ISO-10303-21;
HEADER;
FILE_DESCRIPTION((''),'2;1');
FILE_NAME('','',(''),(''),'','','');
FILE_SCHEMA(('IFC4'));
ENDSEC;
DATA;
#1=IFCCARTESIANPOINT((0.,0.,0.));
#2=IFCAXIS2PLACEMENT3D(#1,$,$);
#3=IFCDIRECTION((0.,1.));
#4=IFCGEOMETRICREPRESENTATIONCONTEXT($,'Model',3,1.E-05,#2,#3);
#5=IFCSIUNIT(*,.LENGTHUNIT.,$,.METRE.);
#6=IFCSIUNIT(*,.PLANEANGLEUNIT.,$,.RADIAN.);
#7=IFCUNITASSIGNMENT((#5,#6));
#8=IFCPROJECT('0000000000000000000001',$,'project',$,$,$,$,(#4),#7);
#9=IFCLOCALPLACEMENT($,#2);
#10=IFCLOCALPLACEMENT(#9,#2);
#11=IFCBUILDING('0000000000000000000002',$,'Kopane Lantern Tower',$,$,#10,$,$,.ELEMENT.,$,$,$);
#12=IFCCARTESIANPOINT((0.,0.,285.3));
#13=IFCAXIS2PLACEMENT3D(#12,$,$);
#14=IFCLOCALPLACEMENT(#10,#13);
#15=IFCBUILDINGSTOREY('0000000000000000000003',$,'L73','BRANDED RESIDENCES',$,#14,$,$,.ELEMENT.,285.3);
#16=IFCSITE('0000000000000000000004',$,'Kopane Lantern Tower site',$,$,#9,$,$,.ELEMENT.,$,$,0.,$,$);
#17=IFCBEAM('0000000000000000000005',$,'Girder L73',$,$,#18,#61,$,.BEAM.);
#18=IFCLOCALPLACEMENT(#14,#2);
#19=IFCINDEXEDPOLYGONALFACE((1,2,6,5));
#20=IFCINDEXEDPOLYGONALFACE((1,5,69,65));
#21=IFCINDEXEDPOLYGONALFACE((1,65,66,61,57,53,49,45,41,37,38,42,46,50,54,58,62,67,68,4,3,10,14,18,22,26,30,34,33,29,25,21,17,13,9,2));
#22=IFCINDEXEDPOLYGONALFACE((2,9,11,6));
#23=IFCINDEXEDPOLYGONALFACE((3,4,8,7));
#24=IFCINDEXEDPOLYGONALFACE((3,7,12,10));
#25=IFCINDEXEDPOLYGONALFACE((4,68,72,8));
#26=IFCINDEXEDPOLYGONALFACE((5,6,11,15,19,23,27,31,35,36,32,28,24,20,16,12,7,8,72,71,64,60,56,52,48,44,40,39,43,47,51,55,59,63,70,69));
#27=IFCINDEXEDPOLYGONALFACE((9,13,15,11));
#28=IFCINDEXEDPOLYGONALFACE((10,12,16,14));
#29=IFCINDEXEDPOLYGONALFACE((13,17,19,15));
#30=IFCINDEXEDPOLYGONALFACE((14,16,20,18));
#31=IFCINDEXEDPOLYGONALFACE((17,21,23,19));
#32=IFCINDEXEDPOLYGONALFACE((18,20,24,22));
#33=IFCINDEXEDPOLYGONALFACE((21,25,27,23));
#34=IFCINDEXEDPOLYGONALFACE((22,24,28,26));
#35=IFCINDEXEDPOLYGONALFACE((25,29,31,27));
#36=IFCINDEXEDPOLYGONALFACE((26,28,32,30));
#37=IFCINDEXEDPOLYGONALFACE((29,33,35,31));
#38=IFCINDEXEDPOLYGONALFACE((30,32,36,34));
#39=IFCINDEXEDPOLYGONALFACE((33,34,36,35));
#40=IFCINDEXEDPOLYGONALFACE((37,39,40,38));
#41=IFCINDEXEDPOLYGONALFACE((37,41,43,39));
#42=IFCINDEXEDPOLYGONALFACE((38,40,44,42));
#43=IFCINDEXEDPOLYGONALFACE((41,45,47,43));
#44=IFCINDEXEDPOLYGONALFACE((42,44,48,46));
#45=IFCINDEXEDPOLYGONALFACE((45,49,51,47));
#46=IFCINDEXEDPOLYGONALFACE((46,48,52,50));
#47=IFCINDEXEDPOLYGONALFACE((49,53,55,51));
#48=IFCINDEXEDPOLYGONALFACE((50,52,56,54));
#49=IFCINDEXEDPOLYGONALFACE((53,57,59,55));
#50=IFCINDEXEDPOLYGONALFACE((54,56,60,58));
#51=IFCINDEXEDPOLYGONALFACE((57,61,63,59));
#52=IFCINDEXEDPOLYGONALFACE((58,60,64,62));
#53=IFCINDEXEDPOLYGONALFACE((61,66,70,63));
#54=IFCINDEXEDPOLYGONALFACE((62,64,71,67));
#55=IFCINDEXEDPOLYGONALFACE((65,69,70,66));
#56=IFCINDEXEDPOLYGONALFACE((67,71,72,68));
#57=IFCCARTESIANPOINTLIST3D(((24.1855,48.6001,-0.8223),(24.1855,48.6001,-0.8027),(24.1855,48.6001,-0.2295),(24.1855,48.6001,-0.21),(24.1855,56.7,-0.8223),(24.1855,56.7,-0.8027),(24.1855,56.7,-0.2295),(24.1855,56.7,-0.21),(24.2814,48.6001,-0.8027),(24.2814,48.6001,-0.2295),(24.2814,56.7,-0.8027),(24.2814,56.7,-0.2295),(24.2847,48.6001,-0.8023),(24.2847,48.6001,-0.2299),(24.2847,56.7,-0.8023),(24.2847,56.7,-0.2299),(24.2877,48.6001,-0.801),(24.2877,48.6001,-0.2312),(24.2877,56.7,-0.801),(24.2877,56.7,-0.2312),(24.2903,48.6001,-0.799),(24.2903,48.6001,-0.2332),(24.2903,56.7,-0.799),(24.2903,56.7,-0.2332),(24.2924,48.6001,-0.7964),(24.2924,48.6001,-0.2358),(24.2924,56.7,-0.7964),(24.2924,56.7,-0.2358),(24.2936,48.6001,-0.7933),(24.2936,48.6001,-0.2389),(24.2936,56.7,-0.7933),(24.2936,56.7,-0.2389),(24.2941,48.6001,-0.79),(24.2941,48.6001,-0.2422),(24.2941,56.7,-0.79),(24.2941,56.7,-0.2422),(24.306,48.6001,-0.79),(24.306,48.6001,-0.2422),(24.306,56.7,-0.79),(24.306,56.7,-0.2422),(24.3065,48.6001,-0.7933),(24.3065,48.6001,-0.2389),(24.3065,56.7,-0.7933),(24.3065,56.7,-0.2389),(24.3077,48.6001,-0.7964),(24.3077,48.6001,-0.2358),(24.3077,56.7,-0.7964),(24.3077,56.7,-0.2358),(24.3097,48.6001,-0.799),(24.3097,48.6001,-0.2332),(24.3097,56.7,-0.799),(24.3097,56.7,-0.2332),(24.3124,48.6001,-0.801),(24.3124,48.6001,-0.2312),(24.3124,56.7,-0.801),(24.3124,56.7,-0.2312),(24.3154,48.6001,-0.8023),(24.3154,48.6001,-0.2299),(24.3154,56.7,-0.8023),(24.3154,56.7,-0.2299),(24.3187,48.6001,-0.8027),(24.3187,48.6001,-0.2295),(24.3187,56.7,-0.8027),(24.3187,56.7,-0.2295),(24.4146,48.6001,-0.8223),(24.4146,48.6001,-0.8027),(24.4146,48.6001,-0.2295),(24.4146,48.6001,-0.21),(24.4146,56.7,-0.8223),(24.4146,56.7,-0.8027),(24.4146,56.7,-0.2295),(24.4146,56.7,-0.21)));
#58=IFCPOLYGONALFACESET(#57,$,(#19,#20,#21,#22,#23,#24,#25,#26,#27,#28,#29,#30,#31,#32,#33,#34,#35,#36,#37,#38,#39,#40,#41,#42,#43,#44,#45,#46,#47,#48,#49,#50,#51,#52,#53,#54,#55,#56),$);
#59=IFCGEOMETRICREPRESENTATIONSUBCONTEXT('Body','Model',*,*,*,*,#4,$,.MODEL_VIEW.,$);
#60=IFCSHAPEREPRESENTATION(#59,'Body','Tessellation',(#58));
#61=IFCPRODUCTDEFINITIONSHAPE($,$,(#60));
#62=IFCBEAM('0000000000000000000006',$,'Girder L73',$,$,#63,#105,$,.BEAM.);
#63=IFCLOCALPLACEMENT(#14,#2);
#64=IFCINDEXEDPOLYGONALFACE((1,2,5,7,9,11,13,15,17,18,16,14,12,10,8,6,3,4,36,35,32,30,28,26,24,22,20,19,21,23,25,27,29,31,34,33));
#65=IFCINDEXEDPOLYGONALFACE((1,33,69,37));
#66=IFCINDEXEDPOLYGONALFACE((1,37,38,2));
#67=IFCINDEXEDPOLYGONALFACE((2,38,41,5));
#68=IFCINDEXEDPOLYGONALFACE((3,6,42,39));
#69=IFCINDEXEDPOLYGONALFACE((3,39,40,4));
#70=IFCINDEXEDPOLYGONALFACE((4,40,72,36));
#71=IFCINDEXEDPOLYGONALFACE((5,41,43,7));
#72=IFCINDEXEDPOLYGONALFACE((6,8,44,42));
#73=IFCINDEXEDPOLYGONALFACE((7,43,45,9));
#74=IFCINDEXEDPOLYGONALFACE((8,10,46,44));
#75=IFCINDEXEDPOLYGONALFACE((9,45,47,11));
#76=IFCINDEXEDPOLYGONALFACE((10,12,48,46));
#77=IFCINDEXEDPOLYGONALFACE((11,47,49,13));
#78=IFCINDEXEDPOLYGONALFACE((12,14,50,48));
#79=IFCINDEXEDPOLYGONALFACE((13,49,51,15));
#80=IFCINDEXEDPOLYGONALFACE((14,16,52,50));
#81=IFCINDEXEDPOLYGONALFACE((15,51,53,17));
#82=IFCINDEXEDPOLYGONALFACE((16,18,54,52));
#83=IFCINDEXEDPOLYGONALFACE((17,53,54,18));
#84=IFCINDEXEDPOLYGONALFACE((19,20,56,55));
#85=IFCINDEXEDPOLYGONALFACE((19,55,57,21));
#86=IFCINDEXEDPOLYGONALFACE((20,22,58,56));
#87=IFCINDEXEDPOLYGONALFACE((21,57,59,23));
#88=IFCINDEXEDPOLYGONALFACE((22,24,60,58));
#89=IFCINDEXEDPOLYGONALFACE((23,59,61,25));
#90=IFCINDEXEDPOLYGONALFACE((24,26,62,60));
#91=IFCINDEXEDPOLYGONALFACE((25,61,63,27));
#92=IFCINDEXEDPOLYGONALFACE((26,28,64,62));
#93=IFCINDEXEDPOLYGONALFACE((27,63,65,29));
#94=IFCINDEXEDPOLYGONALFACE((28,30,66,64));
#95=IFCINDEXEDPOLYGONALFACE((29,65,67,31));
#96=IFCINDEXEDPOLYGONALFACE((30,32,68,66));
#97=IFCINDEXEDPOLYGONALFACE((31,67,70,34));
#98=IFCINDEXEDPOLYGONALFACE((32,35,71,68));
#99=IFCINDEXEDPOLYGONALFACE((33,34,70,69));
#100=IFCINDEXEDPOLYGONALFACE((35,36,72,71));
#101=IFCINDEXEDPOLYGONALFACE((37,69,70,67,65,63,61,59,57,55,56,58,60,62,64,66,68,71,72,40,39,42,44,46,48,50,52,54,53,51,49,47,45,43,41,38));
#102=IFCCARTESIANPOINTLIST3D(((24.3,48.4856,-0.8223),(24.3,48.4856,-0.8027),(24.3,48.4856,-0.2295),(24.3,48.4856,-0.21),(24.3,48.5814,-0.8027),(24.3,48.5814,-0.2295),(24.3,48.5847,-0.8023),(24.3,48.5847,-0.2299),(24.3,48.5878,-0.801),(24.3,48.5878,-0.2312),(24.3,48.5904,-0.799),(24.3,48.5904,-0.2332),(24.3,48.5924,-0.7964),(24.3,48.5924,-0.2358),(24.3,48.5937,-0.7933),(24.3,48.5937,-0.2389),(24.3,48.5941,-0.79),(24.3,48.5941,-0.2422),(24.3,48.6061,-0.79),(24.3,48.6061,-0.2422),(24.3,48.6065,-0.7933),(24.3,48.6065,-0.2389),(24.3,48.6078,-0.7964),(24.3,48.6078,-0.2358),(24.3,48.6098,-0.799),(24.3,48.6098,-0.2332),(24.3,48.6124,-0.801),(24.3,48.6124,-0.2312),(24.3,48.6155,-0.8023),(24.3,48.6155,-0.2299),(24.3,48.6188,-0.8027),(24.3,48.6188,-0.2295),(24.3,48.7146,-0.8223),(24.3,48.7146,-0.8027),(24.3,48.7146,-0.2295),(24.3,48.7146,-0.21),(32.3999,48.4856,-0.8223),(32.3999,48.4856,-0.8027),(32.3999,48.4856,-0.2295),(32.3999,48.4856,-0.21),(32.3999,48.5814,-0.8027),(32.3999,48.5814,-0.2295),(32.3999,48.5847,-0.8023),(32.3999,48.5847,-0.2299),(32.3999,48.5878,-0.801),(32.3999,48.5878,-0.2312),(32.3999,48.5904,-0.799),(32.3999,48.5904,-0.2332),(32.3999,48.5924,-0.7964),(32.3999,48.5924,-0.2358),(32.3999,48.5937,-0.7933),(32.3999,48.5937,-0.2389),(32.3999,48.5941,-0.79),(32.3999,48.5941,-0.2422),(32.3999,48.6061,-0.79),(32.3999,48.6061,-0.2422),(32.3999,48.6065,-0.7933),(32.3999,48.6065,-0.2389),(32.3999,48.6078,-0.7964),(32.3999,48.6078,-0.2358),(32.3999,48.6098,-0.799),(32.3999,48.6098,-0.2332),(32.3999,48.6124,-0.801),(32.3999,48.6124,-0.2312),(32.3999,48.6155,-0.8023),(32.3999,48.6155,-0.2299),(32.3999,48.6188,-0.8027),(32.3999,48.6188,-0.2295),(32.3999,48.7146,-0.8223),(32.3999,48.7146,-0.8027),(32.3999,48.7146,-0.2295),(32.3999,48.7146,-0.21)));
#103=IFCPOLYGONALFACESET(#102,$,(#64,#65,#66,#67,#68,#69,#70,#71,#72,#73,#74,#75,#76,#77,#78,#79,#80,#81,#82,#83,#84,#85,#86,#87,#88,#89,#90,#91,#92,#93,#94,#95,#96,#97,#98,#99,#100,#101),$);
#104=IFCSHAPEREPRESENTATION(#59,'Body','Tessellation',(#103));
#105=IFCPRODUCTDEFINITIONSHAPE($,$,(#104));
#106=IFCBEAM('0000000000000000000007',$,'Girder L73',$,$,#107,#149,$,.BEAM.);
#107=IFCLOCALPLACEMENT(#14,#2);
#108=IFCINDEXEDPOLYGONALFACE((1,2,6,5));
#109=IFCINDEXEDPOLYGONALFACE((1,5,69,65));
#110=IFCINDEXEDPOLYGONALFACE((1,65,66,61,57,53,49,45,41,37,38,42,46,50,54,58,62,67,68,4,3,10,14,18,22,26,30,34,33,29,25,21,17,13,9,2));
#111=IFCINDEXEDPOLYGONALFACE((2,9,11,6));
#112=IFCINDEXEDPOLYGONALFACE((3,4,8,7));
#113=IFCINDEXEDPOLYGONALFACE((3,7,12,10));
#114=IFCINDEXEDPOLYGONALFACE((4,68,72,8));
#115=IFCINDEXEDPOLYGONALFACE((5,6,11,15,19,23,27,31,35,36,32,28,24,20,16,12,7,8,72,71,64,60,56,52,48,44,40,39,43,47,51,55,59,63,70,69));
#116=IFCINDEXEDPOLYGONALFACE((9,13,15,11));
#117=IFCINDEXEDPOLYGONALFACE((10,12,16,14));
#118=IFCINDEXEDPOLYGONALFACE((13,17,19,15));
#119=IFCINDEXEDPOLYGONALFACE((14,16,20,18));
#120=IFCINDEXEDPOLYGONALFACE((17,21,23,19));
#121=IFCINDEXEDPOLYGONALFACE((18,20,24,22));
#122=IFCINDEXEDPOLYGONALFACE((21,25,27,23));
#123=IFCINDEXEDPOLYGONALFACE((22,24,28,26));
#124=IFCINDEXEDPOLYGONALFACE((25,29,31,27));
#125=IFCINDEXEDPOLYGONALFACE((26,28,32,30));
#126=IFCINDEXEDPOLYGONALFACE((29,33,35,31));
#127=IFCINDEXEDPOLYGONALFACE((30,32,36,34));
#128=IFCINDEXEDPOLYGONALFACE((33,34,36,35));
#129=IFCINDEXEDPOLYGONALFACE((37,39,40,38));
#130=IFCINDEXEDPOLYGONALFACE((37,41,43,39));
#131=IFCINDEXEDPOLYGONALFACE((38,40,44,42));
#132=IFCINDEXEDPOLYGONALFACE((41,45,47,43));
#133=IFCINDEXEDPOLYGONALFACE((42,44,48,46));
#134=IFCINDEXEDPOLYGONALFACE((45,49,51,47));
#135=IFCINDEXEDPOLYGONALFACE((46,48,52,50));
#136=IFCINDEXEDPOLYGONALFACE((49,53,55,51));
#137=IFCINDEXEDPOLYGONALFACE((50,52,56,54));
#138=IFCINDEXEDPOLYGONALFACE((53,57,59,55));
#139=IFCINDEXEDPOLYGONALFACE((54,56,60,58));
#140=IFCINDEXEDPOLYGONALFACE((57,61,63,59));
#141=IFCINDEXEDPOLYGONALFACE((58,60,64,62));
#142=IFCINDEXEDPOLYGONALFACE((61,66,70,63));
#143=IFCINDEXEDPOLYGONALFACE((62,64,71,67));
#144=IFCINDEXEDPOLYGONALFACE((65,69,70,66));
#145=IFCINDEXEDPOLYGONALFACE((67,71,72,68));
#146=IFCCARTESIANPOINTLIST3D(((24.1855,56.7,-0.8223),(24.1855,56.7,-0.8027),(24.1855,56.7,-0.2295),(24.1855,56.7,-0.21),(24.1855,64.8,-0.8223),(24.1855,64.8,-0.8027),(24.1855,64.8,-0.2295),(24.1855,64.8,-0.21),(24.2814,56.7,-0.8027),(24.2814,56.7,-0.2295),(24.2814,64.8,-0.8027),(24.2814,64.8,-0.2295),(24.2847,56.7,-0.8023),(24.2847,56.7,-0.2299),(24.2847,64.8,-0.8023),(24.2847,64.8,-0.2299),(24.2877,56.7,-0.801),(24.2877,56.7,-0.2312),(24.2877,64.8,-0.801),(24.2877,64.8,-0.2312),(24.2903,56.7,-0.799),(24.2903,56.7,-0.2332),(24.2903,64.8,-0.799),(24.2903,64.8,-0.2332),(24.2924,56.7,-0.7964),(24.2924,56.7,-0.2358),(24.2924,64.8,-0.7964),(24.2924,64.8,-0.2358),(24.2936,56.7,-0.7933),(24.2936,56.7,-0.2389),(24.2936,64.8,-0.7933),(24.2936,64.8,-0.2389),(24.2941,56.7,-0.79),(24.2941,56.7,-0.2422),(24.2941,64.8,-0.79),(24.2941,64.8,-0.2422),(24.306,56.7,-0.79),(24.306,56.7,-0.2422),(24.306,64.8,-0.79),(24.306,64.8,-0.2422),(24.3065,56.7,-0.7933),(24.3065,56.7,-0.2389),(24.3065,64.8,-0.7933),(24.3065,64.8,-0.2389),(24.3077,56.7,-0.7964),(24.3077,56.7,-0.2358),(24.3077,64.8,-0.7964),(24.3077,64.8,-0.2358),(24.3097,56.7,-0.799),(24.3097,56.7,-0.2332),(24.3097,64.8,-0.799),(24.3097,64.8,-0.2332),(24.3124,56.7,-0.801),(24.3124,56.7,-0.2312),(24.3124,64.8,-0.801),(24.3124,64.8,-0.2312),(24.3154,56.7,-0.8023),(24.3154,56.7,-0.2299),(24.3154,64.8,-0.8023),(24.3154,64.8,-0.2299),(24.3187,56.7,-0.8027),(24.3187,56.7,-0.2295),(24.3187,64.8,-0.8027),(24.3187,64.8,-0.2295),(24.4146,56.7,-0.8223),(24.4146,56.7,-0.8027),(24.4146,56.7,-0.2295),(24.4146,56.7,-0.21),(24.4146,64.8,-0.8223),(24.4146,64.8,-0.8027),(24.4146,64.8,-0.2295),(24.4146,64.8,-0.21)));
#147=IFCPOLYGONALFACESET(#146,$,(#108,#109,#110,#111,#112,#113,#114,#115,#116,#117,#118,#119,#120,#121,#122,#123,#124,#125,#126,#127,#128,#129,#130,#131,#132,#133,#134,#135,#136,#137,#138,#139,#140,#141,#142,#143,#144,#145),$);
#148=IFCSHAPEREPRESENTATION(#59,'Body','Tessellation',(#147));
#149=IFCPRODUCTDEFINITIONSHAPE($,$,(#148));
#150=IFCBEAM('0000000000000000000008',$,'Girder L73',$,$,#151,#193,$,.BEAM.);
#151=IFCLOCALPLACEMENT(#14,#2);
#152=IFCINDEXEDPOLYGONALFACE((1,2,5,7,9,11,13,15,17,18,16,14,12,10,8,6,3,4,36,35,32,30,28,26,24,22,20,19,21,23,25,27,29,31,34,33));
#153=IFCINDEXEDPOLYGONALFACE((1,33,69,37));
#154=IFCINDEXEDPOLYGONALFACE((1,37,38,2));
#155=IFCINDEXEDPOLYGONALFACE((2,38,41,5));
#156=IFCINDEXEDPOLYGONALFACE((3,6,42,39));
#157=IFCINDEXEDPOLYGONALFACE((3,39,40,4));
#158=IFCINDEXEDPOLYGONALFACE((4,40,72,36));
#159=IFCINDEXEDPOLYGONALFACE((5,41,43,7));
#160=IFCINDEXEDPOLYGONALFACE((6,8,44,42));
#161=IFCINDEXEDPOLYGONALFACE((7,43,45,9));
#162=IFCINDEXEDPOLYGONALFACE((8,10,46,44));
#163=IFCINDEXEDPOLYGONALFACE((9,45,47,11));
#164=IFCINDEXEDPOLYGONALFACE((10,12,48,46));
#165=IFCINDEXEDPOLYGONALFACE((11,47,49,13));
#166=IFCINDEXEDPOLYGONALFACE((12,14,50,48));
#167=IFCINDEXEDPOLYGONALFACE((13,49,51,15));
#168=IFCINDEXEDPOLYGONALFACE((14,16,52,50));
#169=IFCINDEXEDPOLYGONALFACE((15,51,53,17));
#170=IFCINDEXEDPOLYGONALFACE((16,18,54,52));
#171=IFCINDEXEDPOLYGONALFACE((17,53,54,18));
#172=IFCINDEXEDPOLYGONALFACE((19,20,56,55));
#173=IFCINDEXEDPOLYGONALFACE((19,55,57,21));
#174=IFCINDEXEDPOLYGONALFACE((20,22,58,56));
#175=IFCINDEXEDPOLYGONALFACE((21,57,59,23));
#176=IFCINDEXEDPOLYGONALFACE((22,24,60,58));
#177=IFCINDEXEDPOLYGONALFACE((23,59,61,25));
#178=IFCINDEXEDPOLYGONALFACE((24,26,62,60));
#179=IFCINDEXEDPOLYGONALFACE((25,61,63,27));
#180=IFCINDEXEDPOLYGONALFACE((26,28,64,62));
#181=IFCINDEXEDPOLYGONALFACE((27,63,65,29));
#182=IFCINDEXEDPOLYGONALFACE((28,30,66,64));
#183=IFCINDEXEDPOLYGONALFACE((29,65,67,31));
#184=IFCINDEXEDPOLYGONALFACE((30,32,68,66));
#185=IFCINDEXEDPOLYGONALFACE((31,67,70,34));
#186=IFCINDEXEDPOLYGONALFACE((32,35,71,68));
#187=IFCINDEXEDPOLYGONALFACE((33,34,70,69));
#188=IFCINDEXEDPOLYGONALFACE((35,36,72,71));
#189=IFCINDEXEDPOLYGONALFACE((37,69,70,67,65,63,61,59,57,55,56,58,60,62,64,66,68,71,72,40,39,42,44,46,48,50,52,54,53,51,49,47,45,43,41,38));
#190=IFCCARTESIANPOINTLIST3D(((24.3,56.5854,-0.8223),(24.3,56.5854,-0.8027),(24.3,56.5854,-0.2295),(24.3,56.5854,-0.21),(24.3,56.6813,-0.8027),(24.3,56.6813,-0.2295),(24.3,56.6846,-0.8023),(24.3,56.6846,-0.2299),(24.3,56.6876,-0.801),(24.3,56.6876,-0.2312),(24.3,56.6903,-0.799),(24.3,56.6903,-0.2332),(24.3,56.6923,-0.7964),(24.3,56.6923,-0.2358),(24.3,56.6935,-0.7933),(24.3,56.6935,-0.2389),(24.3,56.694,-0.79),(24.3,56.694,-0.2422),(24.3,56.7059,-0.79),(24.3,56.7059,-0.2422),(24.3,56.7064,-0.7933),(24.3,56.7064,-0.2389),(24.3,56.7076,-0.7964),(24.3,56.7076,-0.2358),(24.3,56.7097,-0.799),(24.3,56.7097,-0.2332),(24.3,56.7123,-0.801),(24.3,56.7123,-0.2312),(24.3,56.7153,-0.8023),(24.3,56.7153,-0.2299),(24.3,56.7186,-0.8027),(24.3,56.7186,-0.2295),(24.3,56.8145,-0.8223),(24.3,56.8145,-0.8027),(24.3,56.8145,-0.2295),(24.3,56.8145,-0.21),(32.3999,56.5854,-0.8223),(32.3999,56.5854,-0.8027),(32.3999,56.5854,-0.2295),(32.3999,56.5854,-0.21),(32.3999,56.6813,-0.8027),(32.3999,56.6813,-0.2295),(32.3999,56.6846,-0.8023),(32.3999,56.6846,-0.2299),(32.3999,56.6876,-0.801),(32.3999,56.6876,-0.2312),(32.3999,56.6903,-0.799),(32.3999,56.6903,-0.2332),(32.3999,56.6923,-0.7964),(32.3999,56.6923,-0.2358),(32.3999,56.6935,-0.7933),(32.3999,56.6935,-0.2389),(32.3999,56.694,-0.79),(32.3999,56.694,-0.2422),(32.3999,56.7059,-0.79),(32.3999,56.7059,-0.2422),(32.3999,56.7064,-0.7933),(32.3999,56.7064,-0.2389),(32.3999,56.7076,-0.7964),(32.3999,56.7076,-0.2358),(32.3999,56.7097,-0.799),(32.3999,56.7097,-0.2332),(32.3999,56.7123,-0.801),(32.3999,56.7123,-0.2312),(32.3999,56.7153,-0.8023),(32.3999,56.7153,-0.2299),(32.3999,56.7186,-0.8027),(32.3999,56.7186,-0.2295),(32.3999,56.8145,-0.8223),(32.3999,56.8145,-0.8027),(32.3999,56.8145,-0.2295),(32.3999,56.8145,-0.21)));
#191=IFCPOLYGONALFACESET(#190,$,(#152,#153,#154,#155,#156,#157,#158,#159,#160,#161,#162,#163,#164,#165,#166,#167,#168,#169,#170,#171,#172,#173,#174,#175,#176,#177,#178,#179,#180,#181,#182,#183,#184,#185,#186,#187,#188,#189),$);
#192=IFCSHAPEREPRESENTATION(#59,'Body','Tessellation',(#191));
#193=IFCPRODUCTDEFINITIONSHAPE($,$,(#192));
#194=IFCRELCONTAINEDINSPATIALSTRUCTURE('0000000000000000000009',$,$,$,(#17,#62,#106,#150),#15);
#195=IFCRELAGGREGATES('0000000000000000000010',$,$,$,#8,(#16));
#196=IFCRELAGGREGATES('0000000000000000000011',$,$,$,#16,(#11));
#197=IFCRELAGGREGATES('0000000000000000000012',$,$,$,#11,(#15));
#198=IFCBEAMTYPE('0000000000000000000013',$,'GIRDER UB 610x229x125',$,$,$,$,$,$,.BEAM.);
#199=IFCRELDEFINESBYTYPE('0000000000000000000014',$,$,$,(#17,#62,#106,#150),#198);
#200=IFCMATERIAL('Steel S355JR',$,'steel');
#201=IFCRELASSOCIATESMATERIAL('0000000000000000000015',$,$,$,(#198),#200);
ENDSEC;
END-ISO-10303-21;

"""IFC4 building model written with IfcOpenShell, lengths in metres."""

from ifc_helpers import new_model, si_unit, direction, frame, origin, origin_2d, place, context, subcontext, project, spatial, i_section, extrude, material, material_profile, profile_set, type_object, element, save


model = new_model("IFC4")

# Units and contexts
model_context = context("Model", 3, precision=1e-05, world=origin(), true_north=direction((0.0, 1.0)))
body_context = subcontext(model_context, "Body", "Model", "MODEL_VIEW")
ifc_project = project(units=[si_unit("LENGTHUNIT", "METRE"), si_unit("PLANEANGLEUNIT", "RADIAN")], contexts=[model_context])

# Site, building, storey
site_placement = place(None, origin())
site = spatial("IfcSite", under=ifc_project, at=site_placement, Name="Kopane Lantern Tower site", CompositionType="ELEMENT", RefElevation=0.0)
building_placement = place(site_placement, origin())
building = spatial("IfcBuilding", under=site, at=building_placement, Name="Kopane Lantern Tower", CompositionType="ELEMENT")
storey_placement = place(building_placement, frame((0.0, 0.0, 285.3)))
storey = spatial("IfcBuildingStorey", under=building, at=storey_placement, Name="L73", Description="BRANDED RESIDENCES", CompositionType="ELEMENT", Elevation=285.3)

# Beams
ifc_material_1 = material(Name="Steel S355JR", Category="steel")
ifc_material_profile_1 = material_profile(ifc_material_1, i_section(OverallWidth=0.229, OverallDepth=0.6123, WebThickness=0.012, FlangeThickness=0.0195, FilletRadius=0.0127, at=origin_2d()), Name="UB 610x229x125")
ifc_profile_set_1 = profile_set([ifc_material_profile_1], Name="Steel S355JR")
beam_type = type_object("IfcBeamType", Name="GIRDER UB 610x229x125", PredefinedType="BEAM", material=ifc_profile_set_1)
for number, where, z_axis, x_axis, name in (
    (1, (24.3, 48.6001, -0.5161), (0.0, 1.0, 0.0), (-1.0, 0.0, 0.0), "Girder L73"),
    (2, (24.3, 48.6001, -0.5161), (1.0, 0.0, 0.0), (0.0, 1.0, 0.0), "Girder L73"),
):
    element("IfcBeam", number, at=place(storey_placement, frame(where, z_axis=z_axis, x_axis=x_axis)), inside=storey, type_object=beam_type, Name=name, PredefinedType="BEAM", context=body_context, shape_type="SweptSolid", body=[
        extrude(i_section(OverallWidth=0.229, OverallDepth=0.6123, WebThickness=0.012, FlangeThickness=0.0195, FilletRadius=0.0127, at=origin_2d()), origin(), (0.0, 0.0, 1.0), 8.0999),
    ])
beam_placement = place(storey_placement, frame((24.3, 56.7, -0.5161), z_axis=(0.0, 1.0, 0.0), x_axis=(-1.0, 0.0, 0.0)))
element("IfcBeam", 3, at=beam_placement, inside=storey, type_object=beam_type, Name="Girder L73", PredefinedType="BEAM", context=body_context, shape_type="SweptSolid", body=[
    extrude(i_section(OverallWidth=0.229, OverallDepth=0.6123, WebThickness=0.012, FlangeThickness=0.0195, FilletRadius=0.0127, at=origin_2d()), origin(), (0.0, 0.0, 1.0), 8.1001),
])
for number, where, z_axis, x_axis, name in (
    (4, (24.3, 56.7, -0.5161), (1.0, 0.0, 0.0), (0.0, 1.0, 0.0), "Girder L73"),
):
    element("IfcBeam", number, at=place(storey_placement, frame(where, z_axis=z_axis, x_axis=x_axis)), inside=storey, type_object=beam_type, Name=name, PredefinedType="BEAM", context=body_context, shape_type="SweptSolid", body=[
        extrude(i_section(OverallWidth=0.229, OverallDepth=0.6123, WebThickness=0.012, FlangeThickness=0.0195, FilletRadius=0.0127, at=origin_2d()), origin(), (0.0, 0.0, 1.0), 8.0999),
    ])

save(model, "model.ifc")
